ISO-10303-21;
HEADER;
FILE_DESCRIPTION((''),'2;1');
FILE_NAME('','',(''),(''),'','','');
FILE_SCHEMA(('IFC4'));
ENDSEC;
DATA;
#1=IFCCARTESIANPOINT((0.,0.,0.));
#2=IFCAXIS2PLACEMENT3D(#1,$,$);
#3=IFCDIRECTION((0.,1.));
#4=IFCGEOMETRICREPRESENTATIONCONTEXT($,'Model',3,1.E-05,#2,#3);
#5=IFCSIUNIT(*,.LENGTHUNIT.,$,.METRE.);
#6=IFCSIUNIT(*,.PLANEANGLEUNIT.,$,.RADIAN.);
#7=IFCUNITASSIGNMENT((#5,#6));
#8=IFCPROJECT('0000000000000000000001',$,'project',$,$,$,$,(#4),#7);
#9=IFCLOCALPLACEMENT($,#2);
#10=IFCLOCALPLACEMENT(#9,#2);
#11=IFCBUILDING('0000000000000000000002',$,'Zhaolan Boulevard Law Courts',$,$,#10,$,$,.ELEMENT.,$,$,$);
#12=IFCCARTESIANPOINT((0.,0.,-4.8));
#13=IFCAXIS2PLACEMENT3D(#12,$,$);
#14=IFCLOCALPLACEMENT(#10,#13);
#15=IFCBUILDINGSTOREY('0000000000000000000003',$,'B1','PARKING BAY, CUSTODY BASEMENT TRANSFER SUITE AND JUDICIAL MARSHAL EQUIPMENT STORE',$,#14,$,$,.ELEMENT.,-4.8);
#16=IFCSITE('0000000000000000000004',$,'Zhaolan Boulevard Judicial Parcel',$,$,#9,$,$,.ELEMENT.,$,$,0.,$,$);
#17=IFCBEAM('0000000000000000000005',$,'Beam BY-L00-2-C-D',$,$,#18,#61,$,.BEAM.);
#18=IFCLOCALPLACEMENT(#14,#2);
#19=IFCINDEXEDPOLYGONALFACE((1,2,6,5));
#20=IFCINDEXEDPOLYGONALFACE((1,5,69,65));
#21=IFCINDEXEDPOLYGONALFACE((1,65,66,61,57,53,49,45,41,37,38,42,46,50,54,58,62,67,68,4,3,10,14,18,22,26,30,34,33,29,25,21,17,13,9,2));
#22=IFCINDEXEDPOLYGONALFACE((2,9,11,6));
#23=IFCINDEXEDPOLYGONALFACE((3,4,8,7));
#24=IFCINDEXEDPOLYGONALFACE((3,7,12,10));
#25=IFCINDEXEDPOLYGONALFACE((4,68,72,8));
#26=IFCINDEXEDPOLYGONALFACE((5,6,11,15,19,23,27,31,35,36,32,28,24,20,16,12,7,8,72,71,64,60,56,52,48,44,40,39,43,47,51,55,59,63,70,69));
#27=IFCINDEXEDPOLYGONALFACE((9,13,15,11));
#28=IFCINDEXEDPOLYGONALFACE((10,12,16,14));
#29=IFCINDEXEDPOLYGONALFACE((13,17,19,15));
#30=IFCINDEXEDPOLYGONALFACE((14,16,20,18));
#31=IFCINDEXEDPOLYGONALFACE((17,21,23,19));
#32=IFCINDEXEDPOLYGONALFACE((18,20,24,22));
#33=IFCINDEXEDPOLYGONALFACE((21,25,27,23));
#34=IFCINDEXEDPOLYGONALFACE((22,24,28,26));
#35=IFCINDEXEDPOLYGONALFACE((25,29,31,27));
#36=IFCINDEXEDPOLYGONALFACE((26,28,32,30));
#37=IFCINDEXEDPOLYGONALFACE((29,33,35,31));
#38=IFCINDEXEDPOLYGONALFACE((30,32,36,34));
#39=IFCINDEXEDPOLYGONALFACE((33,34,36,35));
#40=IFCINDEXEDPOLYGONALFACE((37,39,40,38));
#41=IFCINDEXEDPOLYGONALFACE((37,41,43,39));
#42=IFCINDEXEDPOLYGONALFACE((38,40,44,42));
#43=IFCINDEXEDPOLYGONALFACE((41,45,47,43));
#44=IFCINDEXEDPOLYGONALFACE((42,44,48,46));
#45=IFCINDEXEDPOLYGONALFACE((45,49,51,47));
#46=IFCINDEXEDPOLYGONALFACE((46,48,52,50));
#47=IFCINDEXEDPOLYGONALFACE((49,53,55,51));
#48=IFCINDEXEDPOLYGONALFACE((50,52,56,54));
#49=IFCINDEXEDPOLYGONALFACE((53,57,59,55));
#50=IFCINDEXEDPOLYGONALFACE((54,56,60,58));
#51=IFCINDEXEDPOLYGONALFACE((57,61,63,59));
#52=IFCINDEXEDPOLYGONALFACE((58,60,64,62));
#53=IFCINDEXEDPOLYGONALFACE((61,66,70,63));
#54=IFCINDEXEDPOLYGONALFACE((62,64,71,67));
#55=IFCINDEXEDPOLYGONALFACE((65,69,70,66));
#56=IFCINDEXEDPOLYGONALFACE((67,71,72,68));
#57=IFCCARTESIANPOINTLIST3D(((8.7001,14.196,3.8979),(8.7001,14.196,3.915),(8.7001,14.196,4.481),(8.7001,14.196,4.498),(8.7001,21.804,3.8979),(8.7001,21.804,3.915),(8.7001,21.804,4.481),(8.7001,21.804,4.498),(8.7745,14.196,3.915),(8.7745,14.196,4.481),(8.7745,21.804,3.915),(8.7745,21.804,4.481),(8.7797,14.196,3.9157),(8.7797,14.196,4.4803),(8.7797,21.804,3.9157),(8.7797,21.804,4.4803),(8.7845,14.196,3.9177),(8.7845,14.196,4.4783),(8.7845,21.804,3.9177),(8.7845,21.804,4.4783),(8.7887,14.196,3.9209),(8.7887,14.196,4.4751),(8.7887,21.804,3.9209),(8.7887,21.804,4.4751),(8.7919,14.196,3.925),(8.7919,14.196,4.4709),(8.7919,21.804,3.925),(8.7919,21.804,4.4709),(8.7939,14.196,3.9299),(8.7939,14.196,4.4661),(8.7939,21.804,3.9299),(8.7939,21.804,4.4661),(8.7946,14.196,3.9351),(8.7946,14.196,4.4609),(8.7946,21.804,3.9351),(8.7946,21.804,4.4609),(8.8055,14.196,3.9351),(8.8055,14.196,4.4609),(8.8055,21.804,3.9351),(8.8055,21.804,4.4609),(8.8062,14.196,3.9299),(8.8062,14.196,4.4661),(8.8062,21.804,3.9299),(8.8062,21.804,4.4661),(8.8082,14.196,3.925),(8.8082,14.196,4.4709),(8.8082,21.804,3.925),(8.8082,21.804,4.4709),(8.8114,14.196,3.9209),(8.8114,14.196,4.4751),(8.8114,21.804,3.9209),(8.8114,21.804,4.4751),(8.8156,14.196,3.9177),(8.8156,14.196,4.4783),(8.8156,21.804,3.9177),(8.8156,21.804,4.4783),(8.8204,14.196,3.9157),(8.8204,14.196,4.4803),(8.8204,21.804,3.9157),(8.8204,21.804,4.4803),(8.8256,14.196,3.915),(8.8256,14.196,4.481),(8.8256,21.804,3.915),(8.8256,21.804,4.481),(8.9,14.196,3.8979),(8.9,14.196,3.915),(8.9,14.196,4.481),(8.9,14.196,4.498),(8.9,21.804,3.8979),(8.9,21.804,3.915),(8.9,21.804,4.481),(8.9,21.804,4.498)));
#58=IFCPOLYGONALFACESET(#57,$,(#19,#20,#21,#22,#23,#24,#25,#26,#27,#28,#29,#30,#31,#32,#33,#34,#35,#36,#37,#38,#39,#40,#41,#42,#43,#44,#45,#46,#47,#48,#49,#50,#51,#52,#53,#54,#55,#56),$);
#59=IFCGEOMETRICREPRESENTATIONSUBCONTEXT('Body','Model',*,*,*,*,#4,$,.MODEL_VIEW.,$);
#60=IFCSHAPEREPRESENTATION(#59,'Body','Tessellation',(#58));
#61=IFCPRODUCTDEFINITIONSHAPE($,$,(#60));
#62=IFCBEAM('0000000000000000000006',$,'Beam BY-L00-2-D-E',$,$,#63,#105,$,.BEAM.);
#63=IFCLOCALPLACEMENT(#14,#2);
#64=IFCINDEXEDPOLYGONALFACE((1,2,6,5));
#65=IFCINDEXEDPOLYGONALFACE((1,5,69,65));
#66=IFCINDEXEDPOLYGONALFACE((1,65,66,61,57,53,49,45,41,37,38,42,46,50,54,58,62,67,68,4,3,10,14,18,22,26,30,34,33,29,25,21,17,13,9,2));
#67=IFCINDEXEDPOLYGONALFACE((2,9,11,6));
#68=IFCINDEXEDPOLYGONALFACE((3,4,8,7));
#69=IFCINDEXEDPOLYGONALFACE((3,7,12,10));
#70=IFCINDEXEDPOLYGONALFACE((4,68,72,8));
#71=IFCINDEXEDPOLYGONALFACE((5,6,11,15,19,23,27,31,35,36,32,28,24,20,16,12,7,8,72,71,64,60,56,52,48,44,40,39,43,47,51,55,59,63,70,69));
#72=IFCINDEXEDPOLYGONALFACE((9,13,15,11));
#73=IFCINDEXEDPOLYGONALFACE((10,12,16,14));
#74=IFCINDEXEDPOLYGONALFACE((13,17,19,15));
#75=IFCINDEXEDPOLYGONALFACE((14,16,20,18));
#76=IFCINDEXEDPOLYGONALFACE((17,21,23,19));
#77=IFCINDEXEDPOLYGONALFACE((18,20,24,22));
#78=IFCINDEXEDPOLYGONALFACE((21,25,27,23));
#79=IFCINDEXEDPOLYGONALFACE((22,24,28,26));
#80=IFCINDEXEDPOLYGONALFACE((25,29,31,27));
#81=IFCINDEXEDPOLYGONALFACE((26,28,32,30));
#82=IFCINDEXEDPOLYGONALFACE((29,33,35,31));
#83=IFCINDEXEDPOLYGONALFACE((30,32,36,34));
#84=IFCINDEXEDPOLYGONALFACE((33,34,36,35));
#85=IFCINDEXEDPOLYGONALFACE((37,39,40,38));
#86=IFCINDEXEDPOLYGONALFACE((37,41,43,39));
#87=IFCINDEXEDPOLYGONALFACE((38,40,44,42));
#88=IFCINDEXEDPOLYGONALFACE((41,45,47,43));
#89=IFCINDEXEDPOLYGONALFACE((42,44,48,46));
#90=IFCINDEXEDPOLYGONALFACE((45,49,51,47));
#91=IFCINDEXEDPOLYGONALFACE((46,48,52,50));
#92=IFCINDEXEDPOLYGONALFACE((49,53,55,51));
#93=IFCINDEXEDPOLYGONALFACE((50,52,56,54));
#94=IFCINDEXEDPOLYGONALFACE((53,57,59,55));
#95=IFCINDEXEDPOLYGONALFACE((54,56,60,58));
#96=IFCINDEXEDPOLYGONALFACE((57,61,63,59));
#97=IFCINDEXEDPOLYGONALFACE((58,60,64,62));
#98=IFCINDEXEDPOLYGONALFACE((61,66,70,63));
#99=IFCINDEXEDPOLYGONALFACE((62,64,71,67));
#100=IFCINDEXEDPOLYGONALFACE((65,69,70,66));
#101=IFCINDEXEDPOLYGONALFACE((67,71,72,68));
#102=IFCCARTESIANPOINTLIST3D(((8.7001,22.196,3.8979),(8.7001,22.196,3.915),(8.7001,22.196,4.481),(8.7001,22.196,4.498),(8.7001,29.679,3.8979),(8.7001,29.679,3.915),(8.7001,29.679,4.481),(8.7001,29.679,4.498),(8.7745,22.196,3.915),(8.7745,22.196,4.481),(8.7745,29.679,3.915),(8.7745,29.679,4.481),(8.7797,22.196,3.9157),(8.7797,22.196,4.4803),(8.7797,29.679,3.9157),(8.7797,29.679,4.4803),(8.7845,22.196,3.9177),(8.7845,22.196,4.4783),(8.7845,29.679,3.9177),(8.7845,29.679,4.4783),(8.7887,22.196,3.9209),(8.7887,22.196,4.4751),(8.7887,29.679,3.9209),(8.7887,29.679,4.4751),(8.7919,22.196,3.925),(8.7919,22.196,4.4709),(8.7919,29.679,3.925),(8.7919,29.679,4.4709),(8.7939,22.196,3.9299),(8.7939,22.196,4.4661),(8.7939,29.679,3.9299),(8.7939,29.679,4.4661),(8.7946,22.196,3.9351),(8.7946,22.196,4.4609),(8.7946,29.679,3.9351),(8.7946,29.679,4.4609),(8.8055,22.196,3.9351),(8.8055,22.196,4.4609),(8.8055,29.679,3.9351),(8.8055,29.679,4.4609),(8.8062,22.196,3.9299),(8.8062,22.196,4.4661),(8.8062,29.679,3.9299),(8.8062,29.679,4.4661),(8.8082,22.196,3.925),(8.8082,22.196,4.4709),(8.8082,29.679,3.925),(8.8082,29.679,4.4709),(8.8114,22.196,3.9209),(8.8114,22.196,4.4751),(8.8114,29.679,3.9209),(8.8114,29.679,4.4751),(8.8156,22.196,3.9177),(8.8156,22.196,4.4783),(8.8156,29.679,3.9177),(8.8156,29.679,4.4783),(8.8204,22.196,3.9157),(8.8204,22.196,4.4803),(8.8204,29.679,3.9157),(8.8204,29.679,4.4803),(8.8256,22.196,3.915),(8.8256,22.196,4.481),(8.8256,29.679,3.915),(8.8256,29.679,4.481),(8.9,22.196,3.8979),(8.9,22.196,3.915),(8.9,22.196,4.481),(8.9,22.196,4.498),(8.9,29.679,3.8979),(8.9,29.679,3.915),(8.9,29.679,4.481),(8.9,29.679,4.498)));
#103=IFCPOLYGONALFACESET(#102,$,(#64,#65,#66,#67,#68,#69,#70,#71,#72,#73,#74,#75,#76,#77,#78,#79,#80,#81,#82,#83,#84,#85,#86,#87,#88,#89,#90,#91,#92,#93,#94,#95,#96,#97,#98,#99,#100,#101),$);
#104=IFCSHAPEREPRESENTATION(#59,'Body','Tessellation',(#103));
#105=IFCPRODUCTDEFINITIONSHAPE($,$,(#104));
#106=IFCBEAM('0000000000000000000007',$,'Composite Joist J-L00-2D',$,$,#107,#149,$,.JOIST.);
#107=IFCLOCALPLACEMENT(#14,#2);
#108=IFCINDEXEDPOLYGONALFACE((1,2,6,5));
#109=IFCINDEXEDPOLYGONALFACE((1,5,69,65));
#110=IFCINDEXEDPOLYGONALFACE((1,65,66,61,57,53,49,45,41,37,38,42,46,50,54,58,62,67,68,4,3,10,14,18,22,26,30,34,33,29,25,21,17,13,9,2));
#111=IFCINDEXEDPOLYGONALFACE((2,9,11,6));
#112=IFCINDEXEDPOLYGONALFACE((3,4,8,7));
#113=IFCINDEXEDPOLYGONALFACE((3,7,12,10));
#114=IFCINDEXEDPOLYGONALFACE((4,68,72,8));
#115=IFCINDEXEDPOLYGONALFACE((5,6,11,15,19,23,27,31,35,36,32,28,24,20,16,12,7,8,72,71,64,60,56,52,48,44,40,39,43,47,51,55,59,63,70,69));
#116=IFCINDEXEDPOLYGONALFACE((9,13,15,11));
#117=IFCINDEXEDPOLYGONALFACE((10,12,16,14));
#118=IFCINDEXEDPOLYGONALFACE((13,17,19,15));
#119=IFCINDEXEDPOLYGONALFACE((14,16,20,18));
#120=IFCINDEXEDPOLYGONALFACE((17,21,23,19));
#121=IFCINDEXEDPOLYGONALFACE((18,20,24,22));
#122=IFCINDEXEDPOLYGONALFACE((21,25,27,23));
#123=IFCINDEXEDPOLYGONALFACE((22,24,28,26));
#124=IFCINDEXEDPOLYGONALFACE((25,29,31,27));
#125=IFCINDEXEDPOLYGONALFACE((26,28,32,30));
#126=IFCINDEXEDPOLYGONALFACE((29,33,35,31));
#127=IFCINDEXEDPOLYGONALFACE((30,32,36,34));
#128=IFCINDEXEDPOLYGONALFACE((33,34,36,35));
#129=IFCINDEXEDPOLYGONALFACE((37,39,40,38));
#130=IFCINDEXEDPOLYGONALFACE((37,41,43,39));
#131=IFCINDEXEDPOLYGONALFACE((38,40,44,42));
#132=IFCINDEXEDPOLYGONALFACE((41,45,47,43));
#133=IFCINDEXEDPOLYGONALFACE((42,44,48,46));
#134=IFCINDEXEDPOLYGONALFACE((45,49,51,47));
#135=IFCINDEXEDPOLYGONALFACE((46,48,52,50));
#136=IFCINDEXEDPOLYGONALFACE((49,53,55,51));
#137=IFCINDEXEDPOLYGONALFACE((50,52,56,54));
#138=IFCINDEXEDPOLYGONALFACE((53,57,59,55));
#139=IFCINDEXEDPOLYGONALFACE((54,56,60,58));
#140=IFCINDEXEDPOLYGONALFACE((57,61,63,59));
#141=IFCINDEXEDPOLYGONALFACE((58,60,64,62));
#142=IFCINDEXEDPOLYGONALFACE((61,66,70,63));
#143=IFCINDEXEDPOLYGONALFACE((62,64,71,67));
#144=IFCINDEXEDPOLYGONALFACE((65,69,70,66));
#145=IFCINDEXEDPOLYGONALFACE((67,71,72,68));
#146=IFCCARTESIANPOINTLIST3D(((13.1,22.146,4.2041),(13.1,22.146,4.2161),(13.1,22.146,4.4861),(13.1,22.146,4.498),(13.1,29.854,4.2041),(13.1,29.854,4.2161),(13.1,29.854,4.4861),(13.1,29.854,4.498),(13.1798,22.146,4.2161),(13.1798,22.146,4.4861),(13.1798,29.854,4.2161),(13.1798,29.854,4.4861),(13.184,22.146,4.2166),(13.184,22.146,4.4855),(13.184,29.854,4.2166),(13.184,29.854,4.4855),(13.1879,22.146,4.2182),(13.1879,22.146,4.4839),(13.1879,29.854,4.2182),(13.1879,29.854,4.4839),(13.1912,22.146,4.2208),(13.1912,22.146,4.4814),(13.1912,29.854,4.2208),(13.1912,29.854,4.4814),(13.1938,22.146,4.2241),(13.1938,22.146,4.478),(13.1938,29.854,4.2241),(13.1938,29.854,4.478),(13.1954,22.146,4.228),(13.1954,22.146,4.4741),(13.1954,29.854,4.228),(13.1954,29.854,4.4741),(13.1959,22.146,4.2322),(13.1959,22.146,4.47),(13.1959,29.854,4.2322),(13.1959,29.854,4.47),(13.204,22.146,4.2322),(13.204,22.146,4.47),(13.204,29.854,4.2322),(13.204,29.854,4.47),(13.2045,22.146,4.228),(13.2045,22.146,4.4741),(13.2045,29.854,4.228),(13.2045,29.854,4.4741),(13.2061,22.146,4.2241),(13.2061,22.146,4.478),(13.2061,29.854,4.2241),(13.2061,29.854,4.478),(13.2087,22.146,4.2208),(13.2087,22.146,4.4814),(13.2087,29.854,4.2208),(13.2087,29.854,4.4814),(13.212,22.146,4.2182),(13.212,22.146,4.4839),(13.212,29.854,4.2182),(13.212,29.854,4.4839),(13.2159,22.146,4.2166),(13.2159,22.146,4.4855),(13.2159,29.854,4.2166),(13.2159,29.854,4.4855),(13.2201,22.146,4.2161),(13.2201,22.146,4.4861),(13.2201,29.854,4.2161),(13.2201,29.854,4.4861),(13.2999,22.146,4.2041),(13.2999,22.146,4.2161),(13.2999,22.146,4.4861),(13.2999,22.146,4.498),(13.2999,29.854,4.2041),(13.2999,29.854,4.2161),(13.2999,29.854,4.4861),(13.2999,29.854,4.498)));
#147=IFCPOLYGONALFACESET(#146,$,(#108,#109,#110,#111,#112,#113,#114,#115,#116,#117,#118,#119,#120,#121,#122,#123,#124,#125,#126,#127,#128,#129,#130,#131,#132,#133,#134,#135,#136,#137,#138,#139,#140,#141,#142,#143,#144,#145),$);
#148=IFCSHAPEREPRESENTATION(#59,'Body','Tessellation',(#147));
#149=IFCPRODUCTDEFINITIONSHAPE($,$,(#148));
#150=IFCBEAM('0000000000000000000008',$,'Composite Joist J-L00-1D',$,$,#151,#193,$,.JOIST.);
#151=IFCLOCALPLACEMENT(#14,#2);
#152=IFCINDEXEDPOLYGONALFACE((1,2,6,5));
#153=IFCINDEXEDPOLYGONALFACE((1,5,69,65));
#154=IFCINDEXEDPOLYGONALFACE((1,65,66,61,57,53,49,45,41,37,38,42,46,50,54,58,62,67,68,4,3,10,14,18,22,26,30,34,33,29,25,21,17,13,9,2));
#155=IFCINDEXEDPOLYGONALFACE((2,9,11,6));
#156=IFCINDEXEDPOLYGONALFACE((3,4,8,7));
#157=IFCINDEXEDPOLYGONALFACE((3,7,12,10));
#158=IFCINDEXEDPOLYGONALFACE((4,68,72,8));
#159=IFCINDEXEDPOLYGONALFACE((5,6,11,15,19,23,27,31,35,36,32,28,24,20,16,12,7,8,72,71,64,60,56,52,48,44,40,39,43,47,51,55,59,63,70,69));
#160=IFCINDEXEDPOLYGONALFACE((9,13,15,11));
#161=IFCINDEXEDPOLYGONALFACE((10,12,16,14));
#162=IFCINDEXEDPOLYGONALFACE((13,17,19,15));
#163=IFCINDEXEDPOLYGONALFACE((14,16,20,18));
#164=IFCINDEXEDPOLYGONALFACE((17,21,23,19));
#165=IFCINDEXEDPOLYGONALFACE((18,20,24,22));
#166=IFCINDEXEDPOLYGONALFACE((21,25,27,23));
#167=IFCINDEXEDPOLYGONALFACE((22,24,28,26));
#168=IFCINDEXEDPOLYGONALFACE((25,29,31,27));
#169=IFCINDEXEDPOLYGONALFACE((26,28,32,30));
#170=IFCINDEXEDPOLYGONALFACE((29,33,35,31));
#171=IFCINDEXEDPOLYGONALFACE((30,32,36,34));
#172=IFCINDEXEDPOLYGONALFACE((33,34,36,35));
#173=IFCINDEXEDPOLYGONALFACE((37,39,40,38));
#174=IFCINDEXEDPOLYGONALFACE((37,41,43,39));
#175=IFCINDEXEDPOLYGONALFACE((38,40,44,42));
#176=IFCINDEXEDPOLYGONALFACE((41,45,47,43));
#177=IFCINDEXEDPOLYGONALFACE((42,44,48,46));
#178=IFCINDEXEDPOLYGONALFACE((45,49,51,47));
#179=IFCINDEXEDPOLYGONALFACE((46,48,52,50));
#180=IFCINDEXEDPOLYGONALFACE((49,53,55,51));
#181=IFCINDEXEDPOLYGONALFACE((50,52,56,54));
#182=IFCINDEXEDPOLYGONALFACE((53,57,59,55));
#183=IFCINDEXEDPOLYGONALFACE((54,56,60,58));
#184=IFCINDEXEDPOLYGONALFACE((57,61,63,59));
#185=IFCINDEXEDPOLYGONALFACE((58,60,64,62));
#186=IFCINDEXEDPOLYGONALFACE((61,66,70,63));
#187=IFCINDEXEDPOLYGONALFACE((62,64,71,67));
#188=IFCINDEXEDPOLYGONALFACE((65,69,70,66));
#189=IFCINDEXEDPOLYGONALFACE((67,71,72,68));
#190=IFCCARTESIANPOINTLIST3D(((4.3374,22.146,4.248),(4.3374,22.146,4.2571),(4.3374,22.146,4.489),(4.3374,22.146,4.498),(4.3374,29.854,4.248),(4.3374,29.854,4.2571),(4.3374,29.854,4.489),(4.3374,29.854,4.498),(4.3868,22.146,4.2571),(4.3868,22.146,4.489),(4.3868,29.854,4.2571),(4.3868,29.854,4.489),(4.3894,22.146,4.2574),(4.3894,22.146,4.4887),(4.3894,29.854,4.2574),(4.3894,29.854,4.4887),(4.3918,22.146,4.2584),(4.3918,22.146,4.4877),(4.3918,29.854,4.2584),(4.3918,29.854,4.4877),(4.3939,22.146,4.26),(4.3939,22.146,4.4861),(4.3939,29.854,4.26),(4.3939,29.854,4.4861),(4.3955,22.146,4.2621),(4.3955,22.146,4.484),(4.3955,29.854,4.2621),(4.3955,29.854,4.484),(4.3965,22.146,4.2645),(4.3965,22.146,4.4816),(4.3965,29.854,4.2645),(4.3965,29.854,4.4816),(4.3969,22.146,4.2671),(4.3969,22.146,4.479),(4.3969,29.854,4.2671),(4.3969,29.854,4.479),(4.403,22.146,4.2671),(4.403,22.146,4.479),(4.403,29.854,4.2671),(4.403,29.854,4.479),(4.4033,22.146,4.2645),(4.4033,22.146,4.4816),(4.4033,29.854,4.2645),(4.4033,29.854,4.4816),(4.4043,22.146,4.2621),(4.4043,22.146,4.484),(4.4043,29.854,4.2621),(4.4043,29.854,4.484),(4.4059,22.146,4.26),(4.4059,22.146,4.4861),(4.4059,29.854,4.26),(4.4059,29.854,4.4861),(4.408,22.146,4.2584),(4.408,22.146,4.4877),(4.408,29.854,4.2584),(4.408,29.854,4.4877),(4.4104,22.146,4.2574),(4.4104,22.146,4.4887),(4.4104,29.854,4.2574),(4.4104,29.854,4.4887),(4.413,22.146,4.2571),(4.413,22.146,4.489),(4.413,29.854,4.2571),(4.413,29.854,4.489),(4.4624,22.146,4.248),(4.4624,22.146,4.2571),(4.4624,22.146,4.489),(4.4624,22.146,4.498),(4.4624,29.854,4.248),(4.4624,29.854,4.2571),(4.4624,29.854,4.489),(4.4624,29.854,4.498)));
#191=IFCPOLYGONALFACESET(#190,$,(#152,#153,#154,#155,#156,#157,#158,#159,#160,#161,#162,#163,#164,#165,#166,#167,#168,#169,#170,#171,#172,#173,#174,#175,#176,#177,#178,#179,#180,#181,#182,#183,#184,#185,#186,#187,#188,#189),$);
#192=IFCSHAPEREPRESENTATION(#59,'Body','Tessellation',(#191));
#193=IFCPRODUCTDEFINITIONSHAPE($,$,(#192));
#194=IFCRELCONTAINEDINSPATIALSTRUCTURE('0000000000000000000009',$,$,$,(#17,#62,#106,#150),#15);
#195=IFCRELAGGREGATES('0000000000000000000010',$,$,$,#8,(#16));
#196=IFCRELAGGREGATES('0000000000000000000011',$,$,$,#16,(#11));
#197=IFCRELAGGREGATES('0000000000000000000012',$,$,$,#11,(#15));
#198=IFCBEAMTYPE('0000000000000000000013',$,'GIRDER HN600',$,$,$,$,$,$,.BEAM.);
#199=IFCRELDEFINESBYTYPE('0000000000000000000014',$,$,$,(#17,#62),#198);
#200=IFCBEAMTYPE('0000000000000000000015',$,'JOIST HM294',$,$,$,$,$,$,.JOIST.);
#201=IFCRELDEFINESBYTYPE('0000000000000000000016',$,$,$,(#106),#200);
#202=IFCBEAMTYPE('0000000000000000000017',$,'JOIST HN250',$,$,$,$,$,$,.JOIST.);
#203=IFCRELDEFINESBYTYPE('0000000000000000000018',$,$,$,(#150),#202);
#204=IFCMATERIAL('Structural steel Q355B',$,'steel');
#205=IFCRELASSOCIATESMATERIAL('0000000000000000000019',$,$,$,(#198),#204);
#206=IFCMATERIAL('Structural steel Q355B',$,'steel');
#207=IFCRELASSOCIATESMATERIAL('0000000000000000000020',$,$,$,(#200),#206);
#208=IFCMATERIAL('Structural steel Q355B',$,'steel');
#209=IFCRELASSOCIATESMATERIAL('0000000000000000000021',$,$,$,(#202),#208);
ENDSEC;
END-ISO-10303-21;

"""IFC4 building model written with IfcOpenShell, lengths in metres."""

from ifc_helpers import new_model, si_unit, direction, frame, origin, origin_2d, place, context, subcontext, project, spatial, i_section, extrude, material, material_profile, profile_set, type_object, element, save


model = new_model("IFC4")

# Units and contexts
model_context = context("Model", 3, precision=1e-05, world=origin(), true_north=direction((0.0, 1.0)))
body_context = subcontext(model_context, "Body", "Model", "MODEL_VIEW")
ifc_project = project(units=[si_unit("LENGTHUNIT", "METRE"), si_unit("PLANEANGLEUNIT", "RADIAN")], contexts=[model_context])

# Site, building, storey
site_placement = place(None, origin())
site = spatial("IfcSite", under=ifc_project, at=site_placement, Name="Zhaolan Boulevard Judicial Parcel", CompositionType="ELEMENT", RefElevation=0.0)
building_placement = place(site_placement, origin())
building = spatial("IfcBuilding", under=site, at=building_placement, Name="Zhaolan Boulevard Law Courts", CompositionType="ELEMENT")
storey_placement = place(building_placement, frame((0.0, 0.0, -4.8)))
storey = spatial("IfcBuildingStorey", under=building, at=storey_placement, Name="B1", Description="PARKING BAY, CUSTODY BASEMENT TRANSFER SUITE AND JUDICIAL MARSHAL EQUIPMENT STORE", CompositionType="ELEMENT", Elevation=-4.8)

# Beams
ifc_material_1 = material(Name="Structural steel Q355B", Category="steel")
ifc_material_profile_1 = material_profile(ifc_material_1, i_section(OverallWidth=0.2, OverallDepth=0.6001, WebThickness=0.011, FlangeThickness=0.0171, FilletRadius=0.02, at=origin_2d()), Name="HN600x200")
ifc_profile_set_1 = profile_set([ifc_material_profile_1], Name="Structural steel Q355B")
beam_type_1 = type_object("IfcBeamType", Name="GIRDER HN600", PredefinedType="BEAM", material=ifc_profile_set_1)
beam_1_placement = place(storey_placement, frame((8.8, 14.196, 4.198), z_axis=(0.0, 1.0, 0.0), x_axis=(-1.0, 0.0, 0.0)))
element("IfcBeam", 1, at=beam_1_placement, inside=storey, type_object=beam_type_1, Name="Beam BY-L00-2-C-D", PredefinedType="BEAM", context=body_context, shape_type="SweptSolid", body=[
    extrude(i_section(OverallWidth=0.2, OverallDepth=0.6001, WebThickness=0.011, FlangeThickness=0.0171, FilletRadius=0.02, at=origin_2d()), origin(), (0.0, 0.0, 1.0), 7.6079),
])
beam_2_placement = place(storey_placement, frame((8.8, 22.196, 4.198), z_axis=(0.0, 1.0, 0.0), x_axis=(-1.0, 0.0, 0.0)))
element("IfcBeam", 2, at=beam_2_placement, inside=storey, type_object=beam_type_1, Name="Beam BY-L00-2-D-E", PredefinedType="BEAM", context=body_context, shape_type="SweptSolid", body=[
    extrude(i_section(OverallWidth=0.2, OverallDepth=0.6001, WebThickness=0.011, FlangeThickness=0.0171, FilletRadius=0.02, at=origin_2d()), origin(), (0.0, 0.0, 1.0), 7.4829),
])
ifc_material_2 = material(Name="Structural steel Q355B", Category="steel")
ifc_material_profile_2 = material_profile(ifc_material_2, i_section(OverallWidth=0.2, OverallDepth=0.2939, WebThickness=0.0081, FlangeThickness=0.012, FilletRadius=0.0161, at=origin_2d()), Name="HM294x200")
ifc_profile_set_2 = profile_set([ifc_material_profile_2], Name="Structural steel Q355B")
beam_type_2 = type_object("IfcBeamType", Name="JOIST HM294", PredefinedType="JOIST", material=ifc_profile_set_2)
beam_3_placement = place(storey_placement, frame((13.2, 22.146, 4.3511), z_axis=(0.0, 1.0, 0.0), x_axis=(-1.0, 0.0, 0.0)))
element("IfcBeam", 3, at=beam_3_placement, inside=storey, type_object=beam_type_2, Name="Composite Joist J-L00-2D", PredefinedType="JOIST", context=body_context, shape_type="SweptSolid", body=[
    extrude(i_section(OverallWidth=0.2, OverallDepth=0.2939, WebThickness=0.0081, FlangeThickness=0.012, FilletRadius=0.0161, at=origin_2d()), origin(), (0.0, 0.0, 1.0), 7.708),
])
ifc_material_3 = material(Name="Structural steel Q355B", Category="steel")
ifc_material_profile_3 = material_profile(ifc_material_3, i_section(OverallWidth=0.125, OverallDepth=0.25, WebThickness=0.0061, FlangeThickness=0.009, FilletRadius=0.01, at=origin_2d()), Name="HN250x125")
ifc_profile_set_3 = profile_set([ifc_material_profile_3], Name="Structural steel Q355B")
beam_type_3 = type_object("IfcBeamType", Name="JOIST HN250", PredefinedType="JOIST", material=ifc_profile_set_3)
beam_4_placement = place(storey_placement, frame((4.3999, 22.146, 4.373), z_axis=(0.0, 1.0, 0.0), x_axis=(-1.0, 0.0, 0.0)))
element("IfcBeam", 4, at=beam_4_placement, inside=storey, type_object=beam_type_3, Name="Composite Joist J-L00-1D", PredefinedType="JOIST", context=body_context, shape_type="SweptSolid", body=[
    extrude(i_section(OverallWidth=0.125, OverallDepth=0.25, WebThickness=0.0061, FlangeThickness=0.009, FilletRadius=0.01, at=origin_2d()), origin(), (0.0, 0.0, 1.0), 7.708),
])

save(model, "model.ifc")
